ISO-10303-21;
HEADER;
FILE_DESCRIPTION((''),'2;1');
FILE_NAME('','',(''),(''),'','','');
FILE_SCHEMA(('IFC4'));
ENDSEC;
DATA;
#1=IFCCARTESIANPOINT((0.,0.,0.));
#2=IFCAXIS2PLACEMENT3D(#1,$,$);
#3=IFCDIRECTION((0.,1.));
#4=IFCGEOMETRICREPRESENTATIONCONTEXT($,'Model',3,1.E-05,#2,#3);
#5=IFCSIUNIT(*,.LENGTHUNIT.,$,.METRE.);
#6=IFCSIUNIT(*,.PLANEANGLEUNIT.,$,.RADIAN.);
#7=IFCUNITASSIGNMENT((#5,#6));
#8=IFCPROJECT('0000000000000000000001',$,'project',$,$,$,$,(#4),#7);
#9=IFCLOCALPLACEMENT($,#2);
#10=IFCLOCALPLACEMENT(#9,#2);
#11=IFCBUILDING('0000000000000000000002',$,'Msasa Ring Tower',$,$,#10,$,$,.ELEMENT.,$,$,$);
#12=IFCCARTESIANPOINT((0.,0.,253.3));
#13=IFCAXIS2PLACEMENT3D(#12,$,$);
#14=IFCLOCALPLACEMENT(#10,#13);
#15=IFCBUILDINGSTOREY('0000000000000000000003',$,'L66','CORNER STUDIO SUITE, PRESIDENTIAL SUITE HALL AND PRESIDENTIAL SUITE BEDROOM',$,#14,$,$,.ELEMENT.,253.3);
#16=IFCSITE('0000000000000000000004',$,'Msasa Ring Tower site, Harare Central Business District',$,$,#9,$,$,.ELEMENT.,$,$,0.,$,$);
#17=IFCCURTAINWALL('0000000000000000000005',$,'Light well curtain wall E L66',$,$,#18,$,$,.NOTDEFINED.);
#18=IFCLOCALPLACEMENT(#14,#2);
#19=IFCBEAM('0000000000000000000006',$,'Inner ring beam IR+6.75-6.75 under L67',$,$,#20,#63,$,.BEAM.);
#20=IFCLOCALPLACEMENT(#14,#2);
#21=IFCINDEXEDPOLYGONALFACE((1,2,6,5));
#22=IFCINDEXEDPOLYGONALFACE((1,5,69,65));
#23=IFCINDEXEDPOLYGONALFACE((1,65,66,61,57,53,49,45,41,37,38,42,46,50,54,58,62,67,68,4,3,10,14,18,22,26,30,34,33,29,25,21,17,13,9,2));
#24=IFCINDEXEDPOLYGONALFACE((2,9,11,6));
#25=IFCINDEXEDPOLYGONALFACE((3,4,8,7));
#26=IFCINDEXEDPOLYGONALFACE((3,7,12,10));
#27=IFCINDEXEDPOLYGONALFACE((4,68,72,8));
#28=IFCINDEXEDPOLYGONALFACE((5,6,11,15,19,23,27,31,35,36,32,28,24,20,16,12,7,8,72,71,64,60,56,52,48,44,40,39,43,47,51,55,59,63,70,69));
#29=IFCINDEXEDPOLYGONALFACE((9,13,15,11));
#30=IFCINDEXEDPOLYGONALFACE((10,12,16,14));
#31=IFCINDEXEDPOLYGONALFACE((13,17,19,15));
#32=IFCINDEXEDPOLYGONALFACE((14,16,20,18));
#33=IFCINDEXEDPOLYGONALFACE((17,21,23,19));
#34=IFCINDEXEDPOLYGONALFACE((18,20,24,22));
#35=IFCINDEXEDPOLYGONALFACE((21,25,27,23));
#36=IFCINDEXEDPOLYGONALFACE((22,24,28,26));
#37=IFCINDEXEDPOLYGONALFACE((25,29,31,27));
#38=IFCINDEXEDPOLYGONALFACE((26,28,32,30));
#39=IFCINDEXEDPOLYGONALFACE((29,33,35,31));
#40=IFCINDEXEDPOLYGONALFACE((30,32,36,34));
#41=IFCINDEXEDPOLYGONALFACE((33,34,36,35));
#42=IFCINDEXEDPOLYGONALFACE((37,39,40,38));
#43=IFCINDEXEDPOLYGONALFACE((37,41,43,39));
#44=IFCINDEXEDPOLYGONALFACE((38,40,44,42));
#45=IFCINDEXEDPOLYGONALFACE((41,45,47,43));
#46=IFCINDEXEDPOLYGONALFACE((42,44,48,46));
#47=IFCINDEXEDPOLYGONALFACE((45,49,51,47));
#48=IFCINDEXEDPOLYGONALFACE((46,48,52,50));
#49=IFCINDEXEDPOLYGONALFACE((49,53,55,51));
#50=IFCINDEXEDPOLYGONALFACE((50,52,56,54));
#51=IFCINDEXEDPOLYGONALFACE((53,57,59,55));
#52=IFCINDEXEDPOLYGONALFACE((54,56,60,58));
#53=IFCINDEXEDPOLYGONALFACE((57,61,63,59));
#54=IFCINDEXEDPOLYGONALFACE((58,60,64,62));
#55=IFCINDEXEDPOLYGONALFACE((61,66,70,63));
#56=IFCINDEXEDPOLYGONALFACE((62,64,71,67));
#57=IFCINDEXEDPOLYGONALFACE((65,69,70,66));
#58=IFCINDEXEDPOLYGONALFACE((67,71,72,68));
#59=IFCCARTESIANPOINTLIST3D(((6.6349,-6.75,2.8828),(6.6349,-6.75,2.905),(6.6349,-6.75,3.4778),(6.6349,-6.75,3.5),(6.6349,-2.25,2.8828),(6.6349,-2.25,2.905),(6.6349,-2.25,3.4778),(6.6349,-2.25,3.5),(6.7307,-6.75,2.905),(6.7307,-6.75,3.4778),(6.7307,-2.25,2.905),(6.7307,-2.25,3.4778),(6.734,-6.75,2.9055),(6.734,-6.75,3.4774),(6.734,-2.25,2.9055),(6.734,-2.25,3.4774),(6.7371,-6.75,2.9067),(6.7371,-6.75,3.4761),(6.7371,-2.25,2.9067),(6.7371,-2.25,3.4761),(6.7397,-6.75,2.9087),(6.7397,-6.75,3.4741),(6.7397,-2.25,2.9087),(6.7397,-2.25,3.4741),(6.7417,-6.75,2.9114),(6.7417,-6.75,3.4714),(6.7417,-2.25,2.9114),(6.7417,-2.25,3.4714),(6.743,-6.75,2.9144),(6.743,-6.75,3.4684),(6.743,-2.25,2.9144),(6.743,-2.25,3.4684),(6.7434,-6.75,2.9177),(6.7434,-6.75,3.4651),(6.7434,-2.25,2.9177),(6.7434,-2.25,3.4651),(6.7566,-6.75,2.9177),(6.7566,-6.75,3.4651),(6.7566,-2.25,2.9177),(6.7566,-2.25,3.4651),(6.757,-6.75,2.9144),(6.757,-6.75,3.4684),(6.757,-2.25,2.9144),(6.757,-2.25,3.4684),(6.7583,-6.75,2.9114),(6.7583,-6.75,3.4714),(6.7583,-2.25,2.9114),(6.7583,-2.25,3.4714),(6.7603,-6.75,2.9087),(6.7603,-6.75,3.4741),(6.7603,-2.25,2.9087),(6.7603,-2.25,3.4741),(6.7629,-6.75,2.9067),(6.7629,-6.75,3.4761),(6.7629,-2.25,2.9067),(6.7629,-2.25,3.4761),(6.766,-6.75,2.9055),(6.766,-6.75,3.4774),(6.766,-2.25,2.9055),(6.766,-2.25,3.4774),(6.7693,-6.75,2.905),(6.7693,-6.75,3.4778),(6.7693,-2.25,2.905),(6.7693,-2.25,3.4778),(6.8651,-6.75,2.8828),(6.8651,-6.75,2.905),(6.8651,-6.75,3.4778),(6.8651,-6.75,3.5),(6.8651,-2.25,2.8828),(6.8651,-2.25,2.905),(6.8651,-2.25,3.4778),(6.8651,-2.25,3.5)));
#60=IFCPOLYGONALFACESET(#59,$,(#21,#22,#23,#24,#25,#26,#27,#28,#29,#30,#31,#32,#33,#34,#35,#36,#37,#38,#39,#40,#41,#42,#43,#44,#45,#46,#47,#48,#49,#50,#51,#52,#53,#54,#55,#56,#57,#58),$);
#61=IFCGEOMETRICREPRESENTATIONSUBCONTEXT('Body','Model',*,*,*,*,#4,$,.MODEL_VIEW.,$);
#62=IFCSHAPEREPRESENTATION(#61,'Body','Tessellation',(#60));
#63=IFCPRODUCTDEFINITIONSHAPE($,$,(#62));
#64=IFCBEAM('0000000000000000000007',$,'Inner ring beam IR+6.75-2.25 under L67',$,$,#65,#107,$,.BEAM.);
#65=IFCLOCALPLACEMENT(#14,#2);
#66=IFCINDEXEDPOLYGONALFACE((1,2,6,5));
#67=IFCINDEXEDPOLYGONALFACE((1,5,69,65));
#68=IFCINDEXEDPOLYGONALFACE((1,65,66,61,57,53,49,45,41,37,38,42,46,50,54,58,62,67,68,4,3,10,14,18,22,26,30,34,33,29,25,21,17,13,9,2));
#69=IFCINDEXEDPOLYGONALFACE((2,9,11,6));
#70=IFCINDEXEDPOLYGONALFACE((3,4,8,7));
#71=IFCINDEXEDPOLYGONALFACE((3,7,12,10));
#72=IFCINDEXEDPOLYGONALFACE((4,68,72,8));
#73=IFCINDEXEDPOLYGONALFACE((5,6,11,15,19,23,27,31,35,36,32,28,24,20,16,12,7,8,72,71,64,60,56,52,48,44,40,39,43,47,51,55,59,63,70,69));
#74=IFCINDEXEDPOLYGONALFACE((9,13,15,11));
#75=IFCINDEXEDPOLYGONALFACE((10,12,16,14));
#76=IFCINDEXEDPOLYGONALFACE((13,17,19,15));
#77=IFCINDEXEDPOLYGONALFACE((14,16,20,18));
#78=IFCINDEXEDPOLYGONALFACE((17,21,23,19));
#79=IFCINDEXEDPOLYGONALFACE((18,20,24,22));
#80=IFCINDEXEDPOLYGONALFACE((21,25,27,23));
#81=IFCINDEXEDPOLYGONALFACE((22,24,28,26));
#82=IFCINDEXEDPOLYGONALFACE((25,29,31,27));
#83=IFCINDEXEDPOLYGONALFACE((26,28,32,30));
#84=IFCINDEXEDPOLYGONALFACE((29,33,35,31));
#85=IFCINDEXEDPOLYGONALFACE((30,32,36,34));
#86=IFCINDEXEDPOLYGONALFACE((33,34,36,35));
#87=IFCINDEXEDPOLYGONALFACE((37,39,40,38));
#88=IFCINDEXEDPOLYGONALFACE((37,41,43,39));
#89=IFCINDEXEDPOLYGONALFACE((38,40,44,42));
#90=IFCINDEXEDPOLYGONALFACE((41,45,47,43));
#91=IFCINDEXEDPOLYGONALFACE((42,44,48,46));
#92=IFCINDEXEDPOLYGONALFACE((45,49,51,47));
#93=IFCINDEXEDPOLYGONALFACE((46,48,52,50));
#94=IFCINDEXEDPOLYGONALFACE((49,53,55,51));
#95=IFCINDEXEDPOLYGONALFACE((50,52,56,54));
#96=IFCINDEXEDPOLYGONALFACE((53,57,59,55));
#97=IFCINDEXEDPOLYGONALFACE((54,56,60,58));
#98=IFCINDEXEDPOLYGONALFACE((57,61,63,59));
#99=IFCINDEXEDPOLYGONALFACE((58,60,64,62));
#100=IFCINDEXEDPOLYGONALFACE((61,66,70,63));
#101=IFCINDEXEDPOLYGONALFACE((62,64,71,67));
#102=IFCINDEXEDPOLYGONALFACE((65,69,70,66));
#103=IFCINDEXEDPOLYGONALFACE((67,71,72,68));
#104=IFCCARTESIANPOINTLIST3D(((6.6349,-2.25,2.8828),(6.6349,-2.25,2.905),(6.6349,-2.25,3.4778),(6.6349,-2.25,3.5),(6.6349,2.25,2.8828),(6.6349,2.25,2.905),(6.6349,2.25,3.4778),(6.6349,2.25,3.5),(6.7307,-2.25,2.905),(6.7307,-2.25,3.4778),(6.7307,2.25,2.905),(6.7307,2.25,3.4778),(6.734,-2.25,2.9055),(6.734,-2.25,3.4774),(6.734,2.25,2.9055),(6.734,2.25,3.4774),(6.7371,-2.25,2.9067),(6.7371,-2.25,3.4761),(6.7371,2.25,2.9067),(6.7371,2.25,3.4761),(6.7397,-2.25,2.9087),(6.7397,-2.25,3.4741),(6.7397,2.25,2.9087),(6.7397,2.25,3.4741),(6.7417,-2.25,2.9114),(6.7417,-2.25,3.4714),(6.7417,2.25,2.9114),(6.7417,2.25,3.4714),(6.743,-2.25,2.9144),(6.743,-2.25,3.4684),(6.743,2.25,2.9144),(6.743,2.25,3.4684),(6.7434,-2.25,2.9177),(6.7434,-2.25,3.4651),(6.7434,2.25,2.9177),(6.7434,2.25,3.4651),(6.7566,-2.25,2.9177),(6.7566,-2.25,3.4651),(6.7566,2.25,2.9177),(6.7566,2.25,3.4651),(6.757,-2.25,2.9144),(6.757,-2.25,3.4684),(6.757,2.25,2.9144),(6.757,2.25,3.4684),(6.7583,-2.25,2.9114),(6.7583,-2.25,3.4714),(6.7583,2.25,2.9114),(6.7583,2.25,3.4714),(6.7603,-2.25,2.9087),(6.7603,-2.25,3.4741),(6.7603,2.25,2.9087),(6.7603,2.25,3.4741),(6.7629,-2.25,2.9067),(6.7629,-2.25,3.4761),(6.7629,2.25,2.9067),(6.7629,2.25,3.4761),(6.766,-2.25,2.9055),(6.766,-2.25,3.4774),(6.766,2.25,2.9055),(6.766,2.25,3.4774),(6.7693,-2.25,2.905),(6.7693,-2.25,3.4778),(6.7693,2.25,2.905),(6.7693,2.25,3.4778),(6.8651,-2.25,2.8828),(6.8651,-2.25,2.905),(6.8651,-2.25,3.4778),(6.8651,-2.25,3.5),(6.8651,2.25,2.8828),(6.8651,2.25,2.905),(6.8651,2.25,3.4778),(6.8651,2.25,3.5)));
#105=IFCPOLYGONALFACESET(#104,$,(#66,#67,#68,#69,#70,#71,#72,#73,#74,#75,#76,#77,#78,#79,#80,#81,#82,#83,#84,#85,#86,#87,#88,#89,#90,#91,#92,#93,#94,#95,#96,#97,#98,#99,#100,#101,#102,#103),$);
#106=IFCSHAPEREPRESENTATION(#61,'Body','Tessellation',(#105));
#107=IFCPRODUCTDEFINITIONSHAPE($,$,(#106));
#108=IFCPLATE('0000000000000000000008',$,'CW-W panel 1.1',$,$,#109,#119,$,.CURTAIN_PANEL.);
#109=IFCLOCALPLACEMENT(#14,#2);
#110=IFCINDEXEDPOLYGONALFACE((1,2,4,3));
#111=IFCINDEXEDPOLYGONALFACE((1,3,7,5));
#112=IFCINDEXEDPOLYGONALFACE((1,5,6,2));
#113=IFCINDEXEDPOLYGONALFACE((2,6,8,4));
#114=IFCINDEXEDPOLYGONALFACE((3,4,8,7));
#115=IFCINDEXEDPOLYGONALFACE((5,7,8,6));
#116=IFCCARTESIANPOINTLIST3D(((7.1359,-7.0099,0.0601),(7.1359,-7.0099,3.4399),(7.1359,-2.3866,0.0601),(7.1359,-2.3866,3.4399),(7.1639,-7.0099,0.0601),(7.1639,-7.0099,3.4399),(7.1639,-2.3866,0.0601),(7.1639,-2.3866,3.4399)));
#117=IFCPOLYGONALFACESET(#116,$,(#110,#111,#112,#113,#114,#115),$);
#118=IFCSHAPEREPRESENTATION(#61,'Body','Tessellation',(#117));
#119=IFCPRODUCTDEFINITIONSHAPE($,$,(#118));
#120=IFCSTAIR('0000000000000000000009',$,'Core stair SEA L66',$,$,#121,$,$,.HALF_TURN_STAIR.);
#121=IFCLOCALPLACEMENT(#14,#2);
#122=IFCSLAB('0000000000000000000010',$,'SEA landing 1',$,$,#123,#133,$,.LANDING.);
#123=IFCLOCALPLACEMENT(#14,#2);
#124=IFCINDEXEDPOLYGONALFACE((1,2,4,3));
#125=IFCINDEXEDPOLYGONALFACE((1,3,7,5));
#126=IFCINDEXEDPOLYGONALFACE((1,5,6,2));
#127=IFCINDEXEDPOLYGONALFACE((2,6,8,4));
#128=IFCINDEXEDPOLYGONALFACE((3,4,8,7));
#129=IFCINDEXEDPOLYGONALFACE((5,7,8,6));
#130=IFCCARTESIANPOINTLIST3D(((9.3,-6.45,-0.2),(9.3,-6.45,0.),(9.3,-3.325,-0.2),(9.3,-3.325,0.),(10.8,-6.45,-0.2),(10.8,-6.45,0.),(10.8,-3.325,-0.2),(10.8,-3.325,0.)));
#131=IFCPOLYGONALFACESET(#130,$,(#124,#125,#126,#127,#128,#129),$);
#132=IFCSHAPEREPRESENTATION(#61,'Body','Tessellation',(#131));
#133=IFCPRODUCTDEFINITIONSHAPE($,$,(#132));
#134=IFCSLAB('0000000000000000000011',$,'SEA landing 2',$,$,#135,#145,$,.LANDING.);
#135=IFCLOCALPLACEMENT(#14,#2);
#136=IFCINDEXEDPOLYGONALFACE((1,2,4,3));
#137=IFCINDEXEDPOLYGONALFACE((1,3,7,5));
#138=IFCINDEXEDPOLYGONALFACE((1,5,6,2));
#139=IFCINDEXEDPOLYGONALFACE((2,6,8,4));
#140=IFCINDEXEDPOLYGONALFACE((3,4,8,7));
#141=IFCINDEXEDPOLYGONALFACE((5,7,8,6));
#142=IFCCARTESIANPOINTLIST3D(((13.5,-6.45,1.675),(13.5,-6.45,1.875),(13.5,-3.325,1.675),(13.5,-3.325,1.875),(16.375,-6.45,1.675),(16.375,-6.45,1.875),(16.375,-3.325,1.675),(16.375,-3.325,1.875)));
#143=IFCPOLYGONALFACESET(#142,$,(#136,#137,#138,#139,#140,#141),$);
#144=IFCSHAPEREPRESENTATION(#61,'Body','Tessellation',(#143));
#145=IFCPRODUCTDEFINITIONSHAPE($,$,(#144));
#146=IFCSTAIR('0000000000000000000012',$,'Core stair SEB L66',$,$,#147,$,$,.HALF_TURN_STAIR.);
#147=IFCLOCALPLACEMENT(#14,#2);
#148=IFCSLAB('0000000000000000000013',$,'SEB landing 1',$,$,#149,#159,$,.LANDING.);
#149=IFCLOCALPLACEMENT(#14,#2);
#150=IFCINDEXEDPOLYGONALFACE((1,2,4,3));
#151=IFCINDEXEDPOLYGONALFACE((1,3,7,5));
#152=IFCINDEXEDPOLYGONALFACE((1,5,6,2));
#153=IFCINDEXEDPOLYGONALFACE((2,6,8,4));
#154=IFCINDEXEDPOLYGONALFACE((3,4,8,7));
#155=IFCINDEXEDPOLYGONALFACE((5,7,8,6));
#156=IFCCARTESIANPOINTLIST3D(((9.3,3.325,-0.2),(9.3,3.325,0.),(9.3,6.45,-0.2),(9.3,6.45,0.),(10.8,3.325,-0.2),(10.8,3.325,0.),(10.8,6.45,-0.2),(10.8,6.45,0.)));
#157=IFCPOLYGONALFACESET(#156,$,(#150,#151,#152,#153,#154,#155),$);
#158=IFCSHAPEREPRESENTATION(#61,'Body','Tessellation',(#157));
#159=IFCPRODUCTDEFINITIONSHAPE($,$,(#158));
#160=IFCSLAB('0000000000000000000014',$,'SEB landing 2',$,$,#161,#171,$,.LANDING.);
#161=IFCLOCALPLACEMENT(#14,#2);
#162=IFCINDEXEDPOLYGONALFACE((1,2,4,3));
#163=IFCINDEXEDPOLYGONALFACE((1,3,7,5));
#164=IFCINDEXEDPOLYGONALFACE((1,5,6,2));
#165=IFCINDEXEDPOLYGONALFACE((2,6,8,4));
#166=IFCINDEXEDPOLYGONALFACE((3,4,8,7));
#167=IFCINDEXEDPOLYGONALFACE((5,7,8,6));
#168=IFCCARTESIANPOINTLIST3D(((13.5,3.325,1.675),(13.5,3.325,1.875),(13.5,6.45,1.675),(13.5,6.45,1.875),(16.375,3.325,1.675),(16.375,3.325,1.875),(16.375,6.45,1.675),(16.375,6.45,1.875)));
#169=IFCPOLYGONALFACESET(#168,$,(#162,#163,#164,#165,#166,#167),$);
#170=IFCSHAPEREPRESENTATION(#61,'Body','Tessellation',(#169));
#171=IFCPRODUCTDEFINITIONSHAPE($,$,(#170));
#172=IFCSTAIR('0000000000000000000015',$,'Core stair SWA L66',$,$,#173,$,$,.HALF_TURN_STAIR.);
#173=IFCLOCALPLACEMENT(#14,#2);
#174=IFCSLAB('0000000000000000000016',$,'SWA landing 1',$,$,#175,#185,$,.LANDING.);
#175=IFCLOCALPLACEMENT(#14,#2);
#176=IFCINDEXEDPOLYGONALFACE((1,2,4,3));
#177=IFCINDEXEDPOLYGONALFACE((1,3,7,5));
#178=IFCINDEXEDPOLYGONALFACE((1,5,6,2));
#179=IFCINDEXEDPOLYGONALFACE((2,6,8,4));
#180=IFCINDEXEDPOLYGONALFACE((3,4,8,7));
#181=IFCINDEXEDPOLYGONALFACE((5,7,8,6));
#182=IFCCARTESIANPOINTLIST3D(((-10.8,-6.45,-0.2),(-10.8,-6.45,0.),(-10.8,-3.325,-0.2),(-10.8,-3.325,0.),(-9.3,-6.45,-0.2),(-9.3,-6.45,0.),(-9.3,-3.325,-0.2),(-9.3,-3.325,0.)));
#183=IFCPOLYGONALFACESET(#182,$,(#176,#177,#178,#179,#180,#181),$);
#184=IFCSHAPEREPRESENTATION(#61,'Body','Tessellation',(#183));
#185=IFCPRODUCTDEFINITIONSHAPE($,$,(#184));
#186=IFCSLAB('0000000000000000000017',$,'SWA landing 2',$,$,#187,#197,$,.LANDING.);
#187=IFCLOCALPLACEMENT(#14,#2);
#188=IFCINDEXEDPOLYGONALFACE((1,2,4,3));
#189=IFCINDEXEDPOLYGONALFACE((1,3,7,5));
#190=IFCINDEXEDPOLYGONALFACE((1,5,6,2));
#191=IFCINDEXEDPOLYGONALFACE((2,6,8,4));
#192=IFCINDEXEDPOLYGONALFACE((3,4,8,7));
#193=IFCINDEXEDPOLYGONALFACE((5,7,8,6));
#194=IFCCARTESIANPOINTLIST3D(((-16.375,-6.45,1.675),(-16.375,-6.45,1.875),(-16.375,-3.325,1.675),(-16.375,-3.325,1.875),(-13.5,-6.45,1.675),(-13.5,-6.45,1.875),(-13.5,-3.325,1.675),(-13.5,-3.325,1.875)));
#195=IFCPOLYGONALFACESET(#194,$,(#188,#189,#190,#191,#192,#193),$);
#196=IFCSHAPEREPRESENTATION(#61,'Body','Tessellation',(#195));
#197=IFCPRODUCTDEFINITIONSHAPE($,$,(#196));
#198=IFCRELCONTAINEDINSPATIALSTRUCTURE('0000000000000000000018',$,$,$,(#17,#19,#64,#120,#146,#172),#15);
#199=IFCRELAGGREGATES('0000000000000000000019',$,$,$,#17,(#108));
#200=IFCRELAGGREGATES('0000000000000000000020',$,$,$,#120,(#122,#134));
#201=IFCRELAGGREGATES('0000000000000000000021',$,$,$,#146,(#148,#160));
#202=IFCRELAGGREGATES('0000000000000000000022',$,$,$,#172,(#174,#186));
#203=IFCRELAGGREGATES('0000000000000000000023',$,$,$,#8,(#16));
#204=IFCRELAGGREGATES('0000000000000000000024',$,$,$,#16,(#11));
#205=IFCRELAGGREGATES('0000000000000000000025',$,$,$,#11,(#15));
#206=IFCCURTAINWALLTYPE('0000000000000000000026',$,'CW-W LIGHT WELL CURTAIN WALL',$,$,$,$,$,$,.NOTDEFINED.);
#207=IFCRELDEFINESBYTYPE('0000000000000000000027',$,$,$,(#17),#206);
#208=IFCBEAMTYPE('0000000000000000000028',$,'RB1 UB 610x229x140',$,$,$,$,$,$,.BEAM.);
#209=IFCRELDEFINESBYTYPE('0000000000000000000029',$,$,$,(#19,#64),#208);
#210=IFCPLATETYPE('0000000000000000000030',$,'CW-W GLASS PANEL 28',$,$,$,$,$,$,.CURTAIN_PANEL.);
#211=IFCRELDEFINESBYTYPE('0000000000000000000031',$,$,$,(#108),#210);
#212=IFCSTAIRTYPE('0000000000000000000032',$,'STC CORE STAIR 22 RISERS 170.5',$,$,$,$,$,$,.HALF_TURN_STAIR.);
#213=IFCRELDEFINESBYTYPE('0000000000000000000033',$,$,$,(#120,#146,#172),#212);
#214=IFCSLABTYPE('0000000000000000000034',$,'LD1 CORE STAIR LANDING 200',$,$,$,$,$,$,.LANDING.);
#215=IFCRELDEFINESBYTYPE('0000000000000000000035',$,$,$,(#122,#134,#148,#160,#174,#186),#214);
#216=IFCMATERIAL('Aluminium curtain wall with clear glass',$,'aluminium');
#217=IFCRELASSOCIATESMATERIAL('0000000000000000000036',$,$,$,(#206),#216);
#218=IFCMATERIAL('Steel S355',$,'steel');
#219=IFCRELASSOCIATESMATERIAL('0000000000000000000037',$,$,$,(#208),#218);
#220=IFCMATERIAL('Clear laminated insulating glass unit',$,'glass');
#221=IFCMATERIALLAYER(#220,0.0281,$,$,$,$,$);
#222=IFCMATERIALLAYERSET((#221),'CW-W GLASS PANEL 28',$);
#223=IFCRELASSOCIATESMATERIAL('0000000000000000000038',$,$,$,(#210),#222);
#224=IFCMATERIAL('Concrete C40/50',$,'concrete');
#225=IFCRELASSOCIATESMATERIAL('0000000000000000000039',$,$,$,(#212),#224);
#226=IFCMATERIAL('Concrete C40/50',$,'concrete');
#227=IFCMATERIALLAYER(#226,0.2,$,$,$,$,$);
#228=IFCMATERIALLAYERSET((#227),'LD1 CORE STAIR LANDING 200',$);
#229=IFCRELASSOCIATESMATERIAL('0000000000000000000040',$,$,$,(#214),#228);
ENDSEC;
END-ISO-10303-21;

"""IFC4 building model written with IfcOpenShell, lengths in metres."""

from ifc_helpers import new_model, si_unit, direction, frame, origin, origin_2d, place, context, subcontext, project, spatial, polyline, rectangle, i_section, outline, extrude, material, layer, layer_set, material_profile, profile_set, type_object, element, aggregate, save


model = new_model("IFC4")

# Units and contexts
model_context = context("Model", 3, precision=1e-05, world=origin(), true_north=direction((0.0, 1.0)))
body_context = subcontext(model_context, "Body", "Model", "MODEL_VIEW")
ifc_project = project(units=[si_unit("LENGTHUNIT", "METRE"), si_unit("PLANEANGLEUNIT", "RADIAN")], contexts=[model_context])

# Site, building, storey
site_placement = place(None, origin())
site = spatial("IfcSite", under=ifc_project, at=site_placement, Name="Msasa Ring Tower site, Harare Central Business District", CompositionType="ELEMENT", RefElevation=0.0)
building_placement = place(site_placement, origin())
building = spatial("IfcBuilding", under=site, at=building_placement, Name="Msasa Ring Tower", CompositionType="ELEMENT")
storey_placement = place(building_placement, frame((0.0, 0.0, 253.3)))
storey = spatial("IfcBuildingStorey", under=building, at=storey_placement, Name="L66", Description="CORNER STUDIO SUITE, PRESIDENTIAL SUITE HALL AND PRESIDENTIAL SUITE BEDROOM", CompositionType="ELEMENT", Elevation=253.3)

# Curtain wall
ifc_material_1 = material(Name="Aluminium curtain wall with clear glass", Category="aluminium")
curtain_wall_type = type_object("IfcCurtainWallType", Name="CW-W LIGHT WELL CURTAIN WALL", PredefinedType="NOTDEFINED", material=ifc_material_1)
curtain_wall_placement = place(storey_placement, origin())
curtain_wall = element("IfcCurtainWall", 1, at=curtain_wall_placement, inside=storey, type_object=curtain_wall_type, Name="Light well curtain wall E L66", PredefinedType="NOTDEFINED")

# Beams
ifc_material_2 = material(Name="Steel S355", Category="steel")
ifc_material_profile_1 = material_profile(ifc_material_2, i_section(OverallWidth=0.2302, OverallDepth=0.6172, WebThickness=0.0132, FlangeThickness=0.0222, FilletRadius=0.0127, at=origin_2d()), Name="UB 610x229x140")
ifc_profile_set_1 = profile_set([ifc_material_profile_1], Name="Steel S355")
beam_type = type_object("IfcBeamType", Name="RB1 UB 610x229x140", PredefinedType="BEAM", material=ifc_profile_set_1)
for number, where, z_axis, x_axis, name in (
    (2, (6.75, -6.75, 3.1914), (0.0, 1.0, 0.0), (-1.0, 0.0, 0.0), "Inner ring beam IR+6.75-6.75 under L67"),
    (3, (6.75, -2.25, 3.1914), (0.0, 1.0, 0.0), (-1.0, 0.0, 0.0), "Inner ring beam IR+6.75-2.25 under L67"),
):
    element("IfcBeam", number, at=place(storey_placement, frame(where, z_axis=z_axis, x_axis=x_axis)), inside=storey, type_object=beam_type, Name=name, PredefinedType="BEAM", context=body_context, shape_type="SweptSolid", body=[
        extrude(i_section(OverallWidth=0.2302, OverallDepth=0.6172, WebThickness=0.0132, FlangeThickness=0.0222, FilletRadius=0.0127, at=origin_2d()), origin(), (0.0, 0.0, 1.0), 4.5),
    ])

# Plate
ifc_material_3 = material(Name="Clear laminated insulating glass unit", Category="glass")
ifc_layer_1 = layer(ifc_material_3, 0.0281)
ifc_layer_set_1 = layer_set([ifc_layer_1], Name="CW-W GLASS PANEL 28")
plate_type = type_object("IfcPlateType", Name="CW-W GLASS PANEL 28", PredefinedType="CURTAIN_PANEL", material=ifc_layer_set_1)
plate_placement = place(storey_placement, frame((7.1499, -4.6982, 0.0601), z_axis=(0.0, 0.0, 1.0), x_axis=(0.0, 1.0, 0.0)))
plate = element("IfcPlate", 4, at=plate_placement, type_object=plate_type, Name="CW-W panel 1.1", PredefinedType="CURTAIN_PANEL", context=body_context, shape_type="SweptSolid", body=[
    extrude(rectangle(XDim=4.6233, YDim=0.0281, at=origin_2d()), origin(), (0.0, 0.0, 1.0), 3.3799),
])
aggregate(curtain_wall, [plate])

# Stairs, slabs
ifc_material_4 = material(Name="Concrete C40/50", Category="concrete")
stair_type = type_object("IfcStairType", Name="STC CORE STAIR 22 RISERS 170.5", PredefinedType="HALF_TURN_STAIR", material=ifc_material_4)
stair_1_placement = place(storey_placement, origin())
stair_1 = element("IfcStair", 5, at=stair_1_placement, inside=storey, type_object=stair_type, Name="Core stair SEA L66", PredefinedType="HALF_TURN_STAIR")
ifc_material_5 = material(Name="Concrete C40/50", Category="concrete")
ifc_layer_2 = layer(ifc_material_5, 0.2)
ifc_layer_set_2 = layer_set([ifc_layer_2], Name="LD1 CORE STAIR LANDING 200")
slab_type = type_object("IfcSlabType", Name="LD1 CORE STAIR LANDING 200", PredefinedType="LANDING", material=ifc_layer_set_2)
slab_1_placement = place(storey_placement, frame((0.0, 0.0, -0.2)))
slab_1 = element("IfcSlab", 6, at=slab_1_placement, type_object=slab_type, Name="SEA landing 1", PredefinedType="LANDING", context=body_context, shape_type="SweptSolid", body=[
    extrude(outline(polyline([(9.3, -6.45), (10.8, -6.45), (10.8, -3.325), (9.3, -3.325), (9.3, -6.45)])), origin(), (0.0, 0.0, 1.0), 0.2),
])
slab_2_placement = place(storey_placement, frame((0.0, 0.0, 1.675)))
slab_2 = element("IfcSlab", 7, at=slab_2_placement, type_object=slab_type, Name="SEA landing 2", PredefinedType="LANDING", context=body_context, shape_type="SweptSolid", body=[
    extrude(outline(polyline([(13.5, -6.45), (16.375, -6.45), (16.375, -3.325), (13.5, -3.325), (13.5, -6.45)])), origin(), (0.0, 0.0, 1.0), 0.2),
])
aggregate(stair_1, [slab_1, slab_2])
stair_2_placement = place(storey_placement, origin())
stair_2 = element("IfcStair", 8, at=stair_2_placement, inside=storey, type_object=stair_type, Name="Core stair SEB L66", PredefinedType="HALF_TURN_STAIR")
slab_3_placement = place(storey_placement, frame((0.0, 0.0, -0.2)))
slab_3 = element("IfcSlab", 9, at=slab_3_placement, type_object=slab_type, Name="SEB landing 1", PredefinedType="LANDING", context=body_context, shape_type="SweptSolid", body=[
    extrude(outline(polyline([(9.3, 3.325), (10.8, 3.325), (10.8, 6.45), (9.3, 6.45), (9.3, 3.325)])), origin(), (0.0, 0.0, 1.0), 0.2),
])
slab_4_placement = place(storey_placement, frame((0.0, 0.0, 1.675)))
slab_4 = element("IfcSlab", 10, at=slab_4_placement, type_object=slab_type, Name="SEB landing 2", PredefinedType="LANDING", context=body_context, shape_type="SweptSolid", body=[
    extrude(outline(polyline([(13.5, 3.325), (16.375, 3.325), (16.375, 6.45), (13.5, 6.45), (13.5, 3.325)])), origin(), (0.0, 0.0, 1.0), 0.2),
])
aggregate(stair_2, [slab_3, slab_4])
stair_3_placement = place(storey_placement, origin())
stair_3 = element("IfcStair", 11, at=stair_3_placement, inside=storey, type_object=stair_type, Name="Core stair SWA L66", PredefinedType="HALF_TURN_STAIR")
slab_5_placement = place(storey_placement, frame((0.0, 0.0, -0.2)))
slab_5 = element("IfcSlab", 12, at=slab_5_placement, type_object=slab_type, Name="SWA landing 1", PredefinedType="LANDING", context=body_context, shape_type="SweptSolid", body=[
    extrude(outline(polyline([(-10.8, -6.45), (-9.3, -6.45), (-9.3, -3.325), (-10.8, -3.325), (-10.8, -6.45)])), origin(), (0.0, 0.0, 1.0), 0.2),
])
slab_6_placement = place(storey_placement, frame((0.0, 0.0, 1.675)))
slab_6 = element("IfcSlab", 13, at=slab_6_placement, type_object=slab_type, Name="SWA landing 2", PredefinedType="LANDING", context=body_context, shape_type="SweptSolid", body=[
    extrude(outline(polyline([(-16.375, -6.45), (-13.5, -6.45), (-13.5, -3.325), (-16.375, -3.325), (-16.375, -6.45)])), origin(), (0.0, 0.0, 1.0), 0.2),
])
aggregate(stair_3, [slab_5, slab_6])

save(model, "model.ifc")
